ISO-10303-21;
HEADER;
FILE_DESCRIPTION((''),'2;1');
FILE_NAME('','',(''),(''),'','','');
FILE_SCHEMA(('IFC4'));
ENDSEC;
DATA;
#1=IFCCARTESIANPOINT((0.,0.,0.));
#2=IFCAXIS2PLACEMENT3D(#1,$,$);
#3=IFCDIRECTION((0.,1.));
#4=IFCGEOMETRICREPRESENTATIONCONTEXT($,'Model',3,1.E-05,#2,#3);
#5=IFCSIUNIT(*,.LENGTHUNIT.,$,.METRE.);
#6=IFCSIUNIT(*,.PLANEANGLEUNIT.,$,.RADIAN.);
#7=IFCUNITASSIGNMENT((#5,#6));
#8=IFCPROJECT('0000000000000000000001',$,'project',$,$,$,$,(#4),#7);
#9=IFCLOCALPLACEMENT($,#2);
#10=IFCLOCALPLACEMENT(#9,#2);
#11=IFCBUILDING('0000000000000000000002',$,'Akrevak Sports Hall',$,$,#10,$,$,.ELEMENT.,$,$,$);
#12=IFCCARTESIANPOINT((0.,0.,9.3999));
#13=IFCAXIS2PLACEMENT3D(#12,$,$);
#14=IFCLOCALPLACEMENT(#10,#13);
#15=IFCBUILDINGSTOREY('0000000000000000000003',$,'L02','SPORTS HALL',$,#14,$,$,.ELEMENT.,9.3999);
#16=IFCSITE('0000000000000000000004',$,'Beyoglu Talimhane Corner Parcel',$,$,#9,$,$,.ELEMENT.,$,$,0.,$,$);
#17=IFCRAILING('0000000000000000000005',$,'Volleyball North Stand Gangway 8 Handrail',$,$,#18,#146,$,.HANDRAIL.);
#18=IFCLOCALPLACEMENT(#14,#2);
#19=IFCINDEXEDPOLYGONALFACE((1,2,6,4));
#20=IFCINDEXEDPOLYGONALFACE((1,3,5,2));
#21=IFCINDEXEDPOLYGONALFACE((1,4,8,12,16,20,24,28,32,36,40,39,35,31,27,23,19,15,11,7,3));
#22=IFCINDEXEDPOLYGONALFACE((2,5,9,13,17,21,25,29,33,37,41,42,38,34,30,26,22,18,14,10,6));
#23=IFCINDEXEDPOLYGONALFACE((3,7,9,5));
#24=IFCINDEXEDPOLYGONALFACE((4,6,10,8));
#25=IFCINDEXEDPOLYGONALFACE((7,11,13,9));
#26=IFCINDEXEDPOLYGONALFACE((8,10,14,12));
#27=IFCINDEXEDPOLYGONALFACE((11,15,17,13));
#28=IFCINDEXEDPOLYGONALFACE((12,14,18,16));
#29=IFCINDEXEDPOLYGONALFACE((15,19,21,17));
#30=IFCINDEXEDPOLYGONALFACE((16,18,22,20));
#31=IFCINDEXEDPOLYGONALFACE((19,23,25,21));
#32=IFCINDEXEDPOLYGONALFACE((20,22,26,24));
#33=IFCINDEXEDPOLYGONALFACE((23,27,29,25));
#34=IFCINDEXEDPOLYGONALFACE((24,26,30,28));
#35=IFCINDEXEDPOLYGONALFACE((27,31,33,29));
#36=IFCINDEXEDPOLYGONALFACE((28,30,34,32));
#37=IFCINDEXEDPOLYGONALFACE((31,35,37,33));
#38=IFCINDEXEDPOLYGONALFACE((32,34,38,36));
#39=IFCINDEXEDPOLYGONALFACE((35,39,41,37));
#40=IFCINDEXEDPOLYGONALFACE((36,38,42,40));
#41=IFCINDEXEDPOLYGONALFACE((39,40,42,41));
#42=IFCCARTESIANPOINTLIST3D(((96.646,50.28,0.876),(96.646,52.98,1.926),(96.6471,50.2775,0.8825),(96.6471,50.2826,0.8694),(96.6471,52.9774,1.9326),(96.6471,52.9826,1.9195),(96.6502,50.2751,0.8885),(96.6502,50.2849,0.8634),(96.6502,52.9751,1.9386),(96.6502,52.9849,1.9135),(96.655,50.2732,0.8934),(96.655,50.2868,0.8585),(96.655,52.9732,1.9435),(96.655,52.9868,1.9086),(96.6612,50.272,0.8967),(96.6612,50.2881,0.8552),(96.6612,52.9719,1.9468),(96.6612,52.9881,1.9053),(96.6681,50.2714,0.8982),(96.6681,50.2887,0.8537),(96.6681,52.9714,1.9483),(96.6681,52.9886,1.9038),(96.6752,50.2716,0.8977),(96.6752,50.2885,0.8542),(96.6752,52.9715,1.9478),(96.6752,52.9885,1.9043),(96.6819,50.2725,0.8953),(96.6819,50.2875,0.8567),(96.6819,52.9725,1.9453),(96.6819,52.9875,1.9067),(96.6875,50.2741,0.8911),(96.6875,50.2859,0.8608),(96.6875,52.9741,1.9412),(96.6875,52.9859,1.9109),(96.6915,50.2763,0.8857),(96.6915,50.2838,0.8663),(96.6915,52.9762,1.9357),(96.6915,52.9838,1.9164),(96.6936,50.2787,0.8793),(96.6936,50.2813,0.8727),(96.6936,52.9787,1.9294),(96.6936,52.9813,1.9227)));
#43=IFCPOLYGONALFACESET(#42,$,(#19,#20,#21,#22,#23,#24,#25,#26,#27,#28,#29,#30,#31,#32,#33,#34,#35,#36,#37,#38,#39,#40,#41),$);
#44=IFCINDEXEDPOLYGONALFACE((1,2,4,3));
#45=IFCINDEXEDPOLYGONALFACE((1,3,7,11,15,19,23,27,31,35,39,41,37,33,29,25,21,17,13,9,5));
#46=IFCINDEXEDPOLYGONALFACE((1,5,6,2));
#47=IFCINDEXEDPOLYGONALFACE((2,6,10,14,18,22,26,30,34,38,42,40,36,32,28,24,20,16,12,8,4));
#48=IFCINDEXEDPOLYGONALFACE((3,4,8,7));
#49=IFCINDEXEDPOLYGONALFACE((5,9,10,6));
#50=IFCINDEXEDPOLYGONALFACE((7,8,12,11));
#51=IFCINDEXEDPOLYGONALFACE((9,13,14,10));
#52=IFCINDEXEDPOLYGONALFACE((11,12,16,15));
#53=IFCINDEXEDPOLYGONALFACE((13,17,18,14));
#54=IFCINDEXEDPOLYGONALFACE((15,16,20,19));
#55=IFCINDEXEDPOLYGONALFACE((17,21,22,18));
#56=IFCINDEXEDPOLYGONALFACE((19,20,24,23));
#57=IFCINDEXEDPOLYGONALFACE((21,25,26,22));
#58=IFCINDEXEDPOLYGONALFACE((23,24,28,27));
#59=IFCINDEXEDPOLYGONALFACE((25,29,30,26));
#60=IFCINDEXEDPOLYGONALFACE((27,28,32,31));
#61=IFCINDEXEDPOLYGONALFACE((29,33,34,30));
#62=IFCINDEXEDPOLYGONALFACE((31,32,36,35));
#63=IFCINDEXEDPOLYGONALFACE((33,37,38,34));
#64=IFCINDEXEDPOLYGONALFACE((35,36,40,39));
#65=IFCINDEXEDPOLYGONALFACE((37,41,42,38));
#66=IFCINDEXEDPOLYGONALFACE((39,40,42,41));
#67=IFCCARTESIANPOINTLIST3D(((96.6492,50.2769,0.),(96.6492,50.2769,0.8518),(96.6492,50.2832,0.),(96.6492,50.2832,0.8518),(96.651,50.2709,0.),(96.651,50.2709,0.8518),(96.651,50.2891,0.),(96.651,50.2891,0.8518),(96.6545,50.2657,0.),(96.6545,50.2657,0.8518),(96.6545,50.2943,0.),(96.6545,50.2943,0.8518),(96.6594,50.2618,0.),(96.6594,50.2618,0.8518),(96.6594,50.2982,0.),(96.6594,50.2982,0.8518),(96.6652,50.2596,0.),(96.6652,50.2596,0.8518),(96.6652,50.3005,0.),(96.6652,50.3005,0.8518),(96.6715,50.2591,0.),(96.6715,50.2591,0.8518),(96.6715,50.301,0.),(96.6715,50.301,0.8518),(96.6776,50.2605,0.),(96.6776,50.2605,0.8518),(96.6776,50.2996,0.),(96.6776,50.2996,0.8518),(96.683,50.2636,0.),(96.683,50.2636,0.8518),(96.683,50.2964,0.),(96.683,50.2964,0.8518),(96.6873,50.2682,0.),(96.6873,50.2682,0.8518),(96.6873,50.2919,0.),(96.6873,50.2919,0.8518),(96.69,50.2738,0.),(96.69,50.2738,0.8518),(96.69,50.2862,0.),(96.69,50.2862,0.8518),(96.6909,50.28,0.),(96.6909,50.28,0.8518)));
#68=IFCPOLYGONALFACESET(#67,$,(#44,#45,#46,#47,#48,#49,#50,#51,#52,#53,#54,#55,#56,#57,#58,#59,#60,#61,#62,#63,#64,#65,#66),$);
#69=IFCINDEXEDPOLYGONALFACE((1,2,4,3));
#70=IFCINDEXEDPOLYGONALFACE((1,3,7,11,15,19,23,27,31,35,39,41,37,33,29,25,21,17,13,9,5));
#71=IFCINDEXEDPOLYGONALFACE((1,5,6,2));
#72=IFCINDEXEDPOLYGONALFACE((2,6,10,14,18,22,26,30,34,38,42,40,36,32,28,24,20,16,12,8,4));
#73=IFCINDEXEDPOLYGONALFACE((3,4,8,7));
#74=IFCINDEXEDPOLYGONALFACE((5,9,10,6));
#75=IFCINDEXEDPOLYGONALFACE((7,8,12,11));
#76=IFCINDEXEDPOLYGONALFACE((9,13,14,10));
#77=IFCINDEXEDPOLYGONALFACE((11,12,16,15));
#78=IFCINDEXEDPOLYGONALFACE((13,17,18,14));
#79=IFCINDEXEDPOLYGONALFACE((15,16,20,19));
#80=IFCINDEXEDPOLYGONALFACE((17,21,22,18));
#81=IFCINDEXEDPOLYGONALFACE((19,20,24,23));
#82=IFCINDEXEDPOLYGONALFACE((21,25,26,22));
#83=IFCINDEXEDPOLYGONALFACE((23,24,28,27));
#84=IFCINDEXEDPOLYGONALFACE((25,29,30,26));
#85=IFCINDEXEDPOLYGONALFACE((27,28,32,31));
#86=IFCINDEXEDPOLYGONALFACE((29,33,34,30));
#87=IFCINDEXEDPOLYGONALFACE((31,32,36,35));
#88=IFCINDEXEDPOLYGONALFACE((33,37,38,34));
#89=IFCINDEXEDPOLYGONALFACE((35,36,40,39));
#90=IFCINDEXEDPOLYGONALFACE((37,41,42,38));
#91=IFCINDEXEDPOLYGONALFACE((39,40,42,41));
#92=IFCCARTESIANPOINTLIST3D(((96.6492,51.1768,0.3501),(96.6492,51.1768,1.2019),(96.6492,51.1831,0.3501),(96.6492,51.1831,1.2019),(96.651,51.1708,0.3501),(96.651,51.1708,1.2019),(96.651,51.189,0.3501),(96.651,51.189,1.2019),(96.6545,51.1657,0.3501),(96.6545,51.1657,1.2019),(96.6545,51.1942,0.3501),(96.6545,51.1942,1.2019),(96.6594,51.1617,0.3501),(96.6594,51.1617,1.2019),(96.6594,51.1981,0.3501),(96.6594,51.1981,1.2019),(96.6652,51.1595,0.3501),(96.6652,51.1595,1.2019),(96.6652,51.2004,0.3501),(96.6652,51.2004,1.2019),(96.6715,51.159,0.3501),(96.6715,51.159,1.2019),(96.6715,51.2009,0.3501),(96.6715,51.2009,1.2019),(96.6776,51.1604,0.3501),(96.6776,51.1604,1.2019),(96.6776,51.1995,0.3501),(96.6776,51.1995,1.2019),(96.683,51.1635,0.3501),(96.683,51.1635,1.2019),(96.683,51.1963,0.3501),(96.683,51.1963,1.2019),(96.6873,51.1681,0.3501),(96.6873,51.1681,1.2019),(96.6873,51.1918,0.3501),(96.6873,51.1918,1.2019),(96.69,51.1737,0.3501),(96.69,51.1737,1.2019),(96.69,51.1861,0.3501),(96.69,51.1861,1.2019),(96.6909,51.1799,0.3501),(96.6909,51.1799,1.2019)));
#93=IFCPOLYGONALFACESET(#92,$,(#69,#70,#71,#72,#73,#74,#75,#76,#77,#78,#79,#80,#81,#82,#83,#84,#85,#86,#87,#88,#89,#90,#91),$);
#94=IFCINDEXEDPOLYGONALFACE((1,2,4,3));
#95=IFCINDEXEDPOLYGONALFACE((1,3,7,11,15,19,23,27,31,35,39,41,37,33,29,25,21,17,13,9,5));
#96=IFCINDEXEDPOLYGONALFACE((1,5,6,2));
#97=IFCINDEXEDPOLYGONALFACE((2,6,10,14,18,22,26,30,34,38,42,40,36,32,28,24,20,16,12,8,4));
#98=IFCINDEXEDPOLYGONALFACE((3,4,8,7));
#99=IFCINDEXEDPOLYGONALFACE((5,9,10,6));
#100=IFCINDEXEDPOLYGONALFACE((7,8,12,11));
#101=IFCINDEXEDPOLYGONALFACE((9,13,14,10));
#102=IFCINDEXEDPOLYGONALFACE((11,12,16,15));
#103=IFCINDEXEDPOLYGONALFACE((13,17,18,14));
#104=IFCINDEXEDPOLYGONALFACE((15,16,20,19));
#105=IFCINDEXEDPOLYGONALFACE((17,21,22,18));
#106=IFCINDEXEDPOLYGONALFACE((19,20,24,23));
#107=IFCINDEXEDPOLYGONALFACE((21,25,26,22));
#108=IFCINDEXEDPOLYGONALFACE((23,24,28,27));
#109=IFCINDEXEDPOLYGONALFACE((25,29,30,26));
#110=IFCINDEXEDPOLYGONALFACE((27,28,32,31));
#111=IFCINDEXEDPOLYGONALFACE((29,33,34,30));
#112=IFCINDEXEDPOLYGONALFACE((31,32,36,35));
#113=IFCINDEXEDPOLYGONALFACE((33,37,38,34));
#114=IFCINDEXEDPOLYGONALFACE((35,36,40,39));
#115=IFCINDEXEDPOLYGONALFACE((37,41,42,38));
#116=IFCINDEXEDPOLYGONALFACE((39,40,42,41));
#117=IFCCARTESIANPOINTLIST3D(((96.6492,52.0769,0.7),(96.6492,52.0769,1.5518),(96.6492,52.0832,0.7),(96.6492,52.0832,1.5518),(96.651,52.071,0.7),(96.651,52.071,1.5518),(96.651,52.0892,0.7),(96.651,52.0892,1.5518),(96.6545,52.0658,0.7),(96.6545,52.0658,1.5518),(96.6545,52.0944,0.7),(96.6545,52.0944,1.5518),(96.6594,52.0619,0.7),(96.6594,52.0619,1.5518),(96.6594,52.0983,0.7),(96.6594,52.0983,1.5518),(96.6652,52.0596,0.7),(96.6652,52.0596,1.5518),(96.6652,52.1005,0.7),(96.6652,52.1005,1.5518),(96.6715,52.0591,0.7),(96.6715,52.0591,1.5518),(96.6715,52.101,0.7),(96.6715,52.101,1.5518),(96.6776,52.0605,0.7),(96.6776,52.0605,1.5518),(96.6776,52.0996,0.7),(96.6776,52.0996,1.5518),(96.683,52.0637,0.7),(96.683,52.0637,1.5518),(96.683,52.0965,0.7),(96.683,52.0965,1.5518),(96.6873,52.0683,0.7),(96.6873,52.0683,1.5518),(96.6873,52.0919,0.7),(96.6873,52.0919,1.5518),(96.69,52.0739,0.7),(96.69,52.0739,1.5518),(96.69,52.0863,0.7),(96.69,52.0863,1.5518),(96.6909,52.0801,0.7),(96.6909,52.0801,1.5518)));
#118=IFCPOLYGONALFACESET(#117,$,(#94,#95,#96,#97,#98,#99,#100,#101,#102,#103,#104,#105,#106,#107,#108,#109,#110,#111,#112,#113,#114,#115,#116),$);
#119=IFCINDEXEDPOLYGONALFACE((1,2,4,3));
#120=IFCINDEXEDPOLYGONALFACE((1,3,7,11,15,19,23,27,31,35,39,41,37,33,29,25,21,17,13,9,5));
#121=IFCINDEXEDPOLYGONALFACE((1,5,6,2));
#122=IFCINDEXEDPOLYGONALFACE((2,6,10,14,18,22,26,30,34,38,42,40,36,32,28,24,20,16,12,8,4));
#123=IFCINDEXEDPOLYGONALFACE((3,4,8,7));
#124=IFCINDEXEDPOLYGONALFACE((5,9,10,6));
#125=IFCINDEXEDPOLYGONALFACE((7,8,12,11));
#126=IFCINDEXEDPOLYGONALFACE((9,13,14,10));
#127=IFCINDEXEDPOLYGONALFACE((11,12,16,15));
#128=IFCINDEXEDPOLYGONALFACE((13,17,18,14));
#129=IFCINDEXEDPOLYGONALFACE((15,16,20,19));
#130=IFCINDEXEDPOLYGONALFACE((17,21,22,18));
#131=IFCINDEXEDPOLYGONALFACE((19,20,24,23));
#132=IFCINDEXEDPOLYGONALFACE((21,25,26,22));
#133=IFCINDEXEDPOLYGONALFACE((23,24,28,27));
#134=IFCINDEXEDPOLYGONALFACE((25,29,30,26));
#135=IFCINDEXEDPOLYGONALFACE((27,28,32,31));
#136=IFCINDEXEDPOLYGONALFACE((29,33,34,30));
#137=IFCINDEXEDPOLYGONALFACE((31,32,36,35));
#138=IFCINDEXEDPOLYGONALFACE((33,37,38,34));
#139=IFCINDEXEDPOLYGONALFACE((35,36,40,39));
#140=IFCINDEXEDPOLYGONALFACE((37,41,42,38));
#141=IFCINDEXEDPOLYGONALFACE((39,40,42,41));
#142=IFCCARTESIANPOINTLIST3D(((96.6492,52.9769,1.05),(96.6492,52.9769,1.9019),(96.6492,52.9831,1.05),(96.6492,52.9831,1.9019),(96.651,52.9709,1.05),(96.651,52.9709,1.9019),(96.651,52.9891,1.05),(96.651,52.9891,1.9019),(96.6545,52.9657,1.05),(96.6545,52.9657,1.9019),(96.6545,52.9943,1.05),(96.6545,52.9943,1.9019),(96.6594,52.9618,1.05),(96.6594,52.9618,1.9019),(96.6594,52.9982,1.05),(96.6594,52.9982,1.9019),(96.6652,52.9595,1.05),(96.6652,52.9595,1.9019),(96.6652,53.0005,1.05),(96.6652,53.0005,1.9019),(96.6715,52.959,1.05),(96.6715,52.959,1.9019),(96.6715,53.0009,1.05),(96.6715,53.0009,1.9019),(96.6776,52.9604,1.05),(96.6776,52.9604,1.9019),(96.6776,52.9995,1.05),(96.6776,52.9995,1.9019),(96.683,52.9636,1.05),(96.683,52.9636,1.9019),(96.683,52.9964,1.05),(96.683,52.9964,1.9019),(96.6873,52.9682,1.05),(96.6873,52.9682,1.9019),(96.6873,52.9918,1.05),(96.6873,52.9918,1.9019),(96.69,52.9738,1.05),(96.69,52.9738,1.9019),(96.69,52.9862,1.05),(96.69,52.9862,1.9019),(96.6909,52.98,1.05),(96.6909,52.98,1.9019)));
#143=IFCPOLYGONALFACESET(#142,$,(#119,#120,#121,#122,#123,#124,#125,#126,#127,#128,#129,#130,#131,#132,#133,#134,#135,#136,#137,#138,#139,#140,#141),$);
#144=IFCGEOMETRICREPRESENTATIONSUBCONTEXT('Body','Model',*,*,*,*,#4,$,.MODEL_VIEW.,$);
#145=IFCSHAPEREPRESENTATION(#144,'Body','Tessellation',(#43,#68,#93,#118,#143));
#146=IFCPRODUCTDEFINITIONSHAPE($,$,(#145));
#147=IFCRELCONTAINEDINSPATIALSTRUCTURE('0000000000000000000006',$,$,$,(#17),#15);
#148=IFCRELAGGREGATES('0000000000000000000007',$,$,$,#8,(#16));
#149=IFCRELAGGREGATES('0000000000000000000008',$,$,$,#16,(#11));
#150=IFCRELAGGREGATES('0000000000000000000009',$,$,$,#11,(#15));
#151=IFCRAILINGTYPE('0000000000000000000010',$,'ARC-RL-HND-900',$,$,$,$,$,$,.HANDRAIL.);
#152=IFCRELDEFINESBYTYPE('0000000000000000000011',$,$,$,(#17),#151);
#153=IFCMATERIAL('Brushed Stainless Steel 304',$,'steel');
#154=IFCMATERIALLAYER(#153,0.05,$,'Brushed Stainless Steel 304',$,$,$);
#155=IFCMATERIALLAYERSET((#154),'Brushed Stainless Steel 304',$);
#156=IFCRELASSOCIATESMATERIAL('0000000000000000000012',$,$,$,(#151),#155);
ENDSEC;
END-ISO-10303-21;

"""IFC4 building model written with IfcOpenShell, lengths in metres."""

from ifc_helpers import new_model, si_unit, direction, frame, origin, origin_2d, place, context, subcontext, project, spatial, circle, extrude, material, layer, layer_set, type_object, element, save


model = new_model("IFC4")

# Units and contexts
model_context = context("Model", 3, precision=1e-05, world=origin(), true_north=direction((0.0, 1.0)))
body_context = subcontext(model_context, "Body", "Model", "MODEL_VIEW")
ifc_project = project(units=[si_unit("LENGTHUNIT", "METRE"), si_unit("PLANEANGLEUNIT", "RADIAN")], contexts=[model_context])

# Site, building, storey
site_placement = place(None, origin())
site = spatial("IfcSite", under=ifc_project, at=site_placement, Name="Beyoglu Talimhane Corner Parcel", CompositionType="ELEMENT", RefElevation=0.0)
building_placement = place(site_placement, origin())
building = spatial("IfcBuilding", under=site, at=building_placement, Name="Akrevak Sports Hall", CompositionType="ELEMENT")
storey_placement = place(building_placement, frame((0.0, 0.0, 9.3999)))
storey = spatial("IfcBuildingStorey", under=building, at=storey_placement, Name="L02", Description="SPORTS HALL", CompositionType="ELEMENT", Elevation=9.3999)

# Railing
ifc_material_1 = material(Name="Brushed Stainless Steel 304", Category="steel")
ifc_layer_1 = layer(ifc_material_1, 0.05, Name="Brushed Stainless Steel 304")
ifc_layer_set_1 = layer_set([ifc_layer_1], Name="Brushed Stainless Steel 304")
railing_type_1 = type_object("IfcRailingType", Name="ARC-RL-HND-900", PredefinedType="HANDRAIL", material=ifc_layer_set_1)
railing_1_placement = place(storey_placement, frame((96.6699, 50.28, 0.0)))
element("IfcRailing", 1, at=railing_1_placement, inside=storey, type_object=railing_type_1, Name="Volleyball North Stand Gangway 8 Handrail", PredefinedType="HANDRAIL", context=body_context, shape_type="SweptSolid", body=[
    extrude(circle(Radius=0.0239, at=origin_2d()), frame((0.0, 0.0, 0.876), z_axis=(0.0, 0.931997, 0.362467), x_axis=(-1.0, 0.0, 0.0)), (0.0, 0.0, 1.0), 2.897),
    extrude(circle(Radius=0.021, at=origin_2d()), origin(), (0.0, 0.0, 1.0), 0.8518),
    extrude(circle(Radius=0.021, at=origin_2d()), frame((0.0, 0.8999, 0.3501)), (0.0, 0.0, 1.0), 0.8518),
    extrude(circle(Radius=0.021, at=origin_2d()), frame((0.0, 1.8, 0.7)), (0.0, 0.0, 1.0), 0.8518),
    extrude(circle(Radius=0.021, at=origin_2d()), frame((0.0, 2.7, 1.05)), (0.0, 0.0, 1.0), 0.8518),
])

save(model, "model.ifc")
